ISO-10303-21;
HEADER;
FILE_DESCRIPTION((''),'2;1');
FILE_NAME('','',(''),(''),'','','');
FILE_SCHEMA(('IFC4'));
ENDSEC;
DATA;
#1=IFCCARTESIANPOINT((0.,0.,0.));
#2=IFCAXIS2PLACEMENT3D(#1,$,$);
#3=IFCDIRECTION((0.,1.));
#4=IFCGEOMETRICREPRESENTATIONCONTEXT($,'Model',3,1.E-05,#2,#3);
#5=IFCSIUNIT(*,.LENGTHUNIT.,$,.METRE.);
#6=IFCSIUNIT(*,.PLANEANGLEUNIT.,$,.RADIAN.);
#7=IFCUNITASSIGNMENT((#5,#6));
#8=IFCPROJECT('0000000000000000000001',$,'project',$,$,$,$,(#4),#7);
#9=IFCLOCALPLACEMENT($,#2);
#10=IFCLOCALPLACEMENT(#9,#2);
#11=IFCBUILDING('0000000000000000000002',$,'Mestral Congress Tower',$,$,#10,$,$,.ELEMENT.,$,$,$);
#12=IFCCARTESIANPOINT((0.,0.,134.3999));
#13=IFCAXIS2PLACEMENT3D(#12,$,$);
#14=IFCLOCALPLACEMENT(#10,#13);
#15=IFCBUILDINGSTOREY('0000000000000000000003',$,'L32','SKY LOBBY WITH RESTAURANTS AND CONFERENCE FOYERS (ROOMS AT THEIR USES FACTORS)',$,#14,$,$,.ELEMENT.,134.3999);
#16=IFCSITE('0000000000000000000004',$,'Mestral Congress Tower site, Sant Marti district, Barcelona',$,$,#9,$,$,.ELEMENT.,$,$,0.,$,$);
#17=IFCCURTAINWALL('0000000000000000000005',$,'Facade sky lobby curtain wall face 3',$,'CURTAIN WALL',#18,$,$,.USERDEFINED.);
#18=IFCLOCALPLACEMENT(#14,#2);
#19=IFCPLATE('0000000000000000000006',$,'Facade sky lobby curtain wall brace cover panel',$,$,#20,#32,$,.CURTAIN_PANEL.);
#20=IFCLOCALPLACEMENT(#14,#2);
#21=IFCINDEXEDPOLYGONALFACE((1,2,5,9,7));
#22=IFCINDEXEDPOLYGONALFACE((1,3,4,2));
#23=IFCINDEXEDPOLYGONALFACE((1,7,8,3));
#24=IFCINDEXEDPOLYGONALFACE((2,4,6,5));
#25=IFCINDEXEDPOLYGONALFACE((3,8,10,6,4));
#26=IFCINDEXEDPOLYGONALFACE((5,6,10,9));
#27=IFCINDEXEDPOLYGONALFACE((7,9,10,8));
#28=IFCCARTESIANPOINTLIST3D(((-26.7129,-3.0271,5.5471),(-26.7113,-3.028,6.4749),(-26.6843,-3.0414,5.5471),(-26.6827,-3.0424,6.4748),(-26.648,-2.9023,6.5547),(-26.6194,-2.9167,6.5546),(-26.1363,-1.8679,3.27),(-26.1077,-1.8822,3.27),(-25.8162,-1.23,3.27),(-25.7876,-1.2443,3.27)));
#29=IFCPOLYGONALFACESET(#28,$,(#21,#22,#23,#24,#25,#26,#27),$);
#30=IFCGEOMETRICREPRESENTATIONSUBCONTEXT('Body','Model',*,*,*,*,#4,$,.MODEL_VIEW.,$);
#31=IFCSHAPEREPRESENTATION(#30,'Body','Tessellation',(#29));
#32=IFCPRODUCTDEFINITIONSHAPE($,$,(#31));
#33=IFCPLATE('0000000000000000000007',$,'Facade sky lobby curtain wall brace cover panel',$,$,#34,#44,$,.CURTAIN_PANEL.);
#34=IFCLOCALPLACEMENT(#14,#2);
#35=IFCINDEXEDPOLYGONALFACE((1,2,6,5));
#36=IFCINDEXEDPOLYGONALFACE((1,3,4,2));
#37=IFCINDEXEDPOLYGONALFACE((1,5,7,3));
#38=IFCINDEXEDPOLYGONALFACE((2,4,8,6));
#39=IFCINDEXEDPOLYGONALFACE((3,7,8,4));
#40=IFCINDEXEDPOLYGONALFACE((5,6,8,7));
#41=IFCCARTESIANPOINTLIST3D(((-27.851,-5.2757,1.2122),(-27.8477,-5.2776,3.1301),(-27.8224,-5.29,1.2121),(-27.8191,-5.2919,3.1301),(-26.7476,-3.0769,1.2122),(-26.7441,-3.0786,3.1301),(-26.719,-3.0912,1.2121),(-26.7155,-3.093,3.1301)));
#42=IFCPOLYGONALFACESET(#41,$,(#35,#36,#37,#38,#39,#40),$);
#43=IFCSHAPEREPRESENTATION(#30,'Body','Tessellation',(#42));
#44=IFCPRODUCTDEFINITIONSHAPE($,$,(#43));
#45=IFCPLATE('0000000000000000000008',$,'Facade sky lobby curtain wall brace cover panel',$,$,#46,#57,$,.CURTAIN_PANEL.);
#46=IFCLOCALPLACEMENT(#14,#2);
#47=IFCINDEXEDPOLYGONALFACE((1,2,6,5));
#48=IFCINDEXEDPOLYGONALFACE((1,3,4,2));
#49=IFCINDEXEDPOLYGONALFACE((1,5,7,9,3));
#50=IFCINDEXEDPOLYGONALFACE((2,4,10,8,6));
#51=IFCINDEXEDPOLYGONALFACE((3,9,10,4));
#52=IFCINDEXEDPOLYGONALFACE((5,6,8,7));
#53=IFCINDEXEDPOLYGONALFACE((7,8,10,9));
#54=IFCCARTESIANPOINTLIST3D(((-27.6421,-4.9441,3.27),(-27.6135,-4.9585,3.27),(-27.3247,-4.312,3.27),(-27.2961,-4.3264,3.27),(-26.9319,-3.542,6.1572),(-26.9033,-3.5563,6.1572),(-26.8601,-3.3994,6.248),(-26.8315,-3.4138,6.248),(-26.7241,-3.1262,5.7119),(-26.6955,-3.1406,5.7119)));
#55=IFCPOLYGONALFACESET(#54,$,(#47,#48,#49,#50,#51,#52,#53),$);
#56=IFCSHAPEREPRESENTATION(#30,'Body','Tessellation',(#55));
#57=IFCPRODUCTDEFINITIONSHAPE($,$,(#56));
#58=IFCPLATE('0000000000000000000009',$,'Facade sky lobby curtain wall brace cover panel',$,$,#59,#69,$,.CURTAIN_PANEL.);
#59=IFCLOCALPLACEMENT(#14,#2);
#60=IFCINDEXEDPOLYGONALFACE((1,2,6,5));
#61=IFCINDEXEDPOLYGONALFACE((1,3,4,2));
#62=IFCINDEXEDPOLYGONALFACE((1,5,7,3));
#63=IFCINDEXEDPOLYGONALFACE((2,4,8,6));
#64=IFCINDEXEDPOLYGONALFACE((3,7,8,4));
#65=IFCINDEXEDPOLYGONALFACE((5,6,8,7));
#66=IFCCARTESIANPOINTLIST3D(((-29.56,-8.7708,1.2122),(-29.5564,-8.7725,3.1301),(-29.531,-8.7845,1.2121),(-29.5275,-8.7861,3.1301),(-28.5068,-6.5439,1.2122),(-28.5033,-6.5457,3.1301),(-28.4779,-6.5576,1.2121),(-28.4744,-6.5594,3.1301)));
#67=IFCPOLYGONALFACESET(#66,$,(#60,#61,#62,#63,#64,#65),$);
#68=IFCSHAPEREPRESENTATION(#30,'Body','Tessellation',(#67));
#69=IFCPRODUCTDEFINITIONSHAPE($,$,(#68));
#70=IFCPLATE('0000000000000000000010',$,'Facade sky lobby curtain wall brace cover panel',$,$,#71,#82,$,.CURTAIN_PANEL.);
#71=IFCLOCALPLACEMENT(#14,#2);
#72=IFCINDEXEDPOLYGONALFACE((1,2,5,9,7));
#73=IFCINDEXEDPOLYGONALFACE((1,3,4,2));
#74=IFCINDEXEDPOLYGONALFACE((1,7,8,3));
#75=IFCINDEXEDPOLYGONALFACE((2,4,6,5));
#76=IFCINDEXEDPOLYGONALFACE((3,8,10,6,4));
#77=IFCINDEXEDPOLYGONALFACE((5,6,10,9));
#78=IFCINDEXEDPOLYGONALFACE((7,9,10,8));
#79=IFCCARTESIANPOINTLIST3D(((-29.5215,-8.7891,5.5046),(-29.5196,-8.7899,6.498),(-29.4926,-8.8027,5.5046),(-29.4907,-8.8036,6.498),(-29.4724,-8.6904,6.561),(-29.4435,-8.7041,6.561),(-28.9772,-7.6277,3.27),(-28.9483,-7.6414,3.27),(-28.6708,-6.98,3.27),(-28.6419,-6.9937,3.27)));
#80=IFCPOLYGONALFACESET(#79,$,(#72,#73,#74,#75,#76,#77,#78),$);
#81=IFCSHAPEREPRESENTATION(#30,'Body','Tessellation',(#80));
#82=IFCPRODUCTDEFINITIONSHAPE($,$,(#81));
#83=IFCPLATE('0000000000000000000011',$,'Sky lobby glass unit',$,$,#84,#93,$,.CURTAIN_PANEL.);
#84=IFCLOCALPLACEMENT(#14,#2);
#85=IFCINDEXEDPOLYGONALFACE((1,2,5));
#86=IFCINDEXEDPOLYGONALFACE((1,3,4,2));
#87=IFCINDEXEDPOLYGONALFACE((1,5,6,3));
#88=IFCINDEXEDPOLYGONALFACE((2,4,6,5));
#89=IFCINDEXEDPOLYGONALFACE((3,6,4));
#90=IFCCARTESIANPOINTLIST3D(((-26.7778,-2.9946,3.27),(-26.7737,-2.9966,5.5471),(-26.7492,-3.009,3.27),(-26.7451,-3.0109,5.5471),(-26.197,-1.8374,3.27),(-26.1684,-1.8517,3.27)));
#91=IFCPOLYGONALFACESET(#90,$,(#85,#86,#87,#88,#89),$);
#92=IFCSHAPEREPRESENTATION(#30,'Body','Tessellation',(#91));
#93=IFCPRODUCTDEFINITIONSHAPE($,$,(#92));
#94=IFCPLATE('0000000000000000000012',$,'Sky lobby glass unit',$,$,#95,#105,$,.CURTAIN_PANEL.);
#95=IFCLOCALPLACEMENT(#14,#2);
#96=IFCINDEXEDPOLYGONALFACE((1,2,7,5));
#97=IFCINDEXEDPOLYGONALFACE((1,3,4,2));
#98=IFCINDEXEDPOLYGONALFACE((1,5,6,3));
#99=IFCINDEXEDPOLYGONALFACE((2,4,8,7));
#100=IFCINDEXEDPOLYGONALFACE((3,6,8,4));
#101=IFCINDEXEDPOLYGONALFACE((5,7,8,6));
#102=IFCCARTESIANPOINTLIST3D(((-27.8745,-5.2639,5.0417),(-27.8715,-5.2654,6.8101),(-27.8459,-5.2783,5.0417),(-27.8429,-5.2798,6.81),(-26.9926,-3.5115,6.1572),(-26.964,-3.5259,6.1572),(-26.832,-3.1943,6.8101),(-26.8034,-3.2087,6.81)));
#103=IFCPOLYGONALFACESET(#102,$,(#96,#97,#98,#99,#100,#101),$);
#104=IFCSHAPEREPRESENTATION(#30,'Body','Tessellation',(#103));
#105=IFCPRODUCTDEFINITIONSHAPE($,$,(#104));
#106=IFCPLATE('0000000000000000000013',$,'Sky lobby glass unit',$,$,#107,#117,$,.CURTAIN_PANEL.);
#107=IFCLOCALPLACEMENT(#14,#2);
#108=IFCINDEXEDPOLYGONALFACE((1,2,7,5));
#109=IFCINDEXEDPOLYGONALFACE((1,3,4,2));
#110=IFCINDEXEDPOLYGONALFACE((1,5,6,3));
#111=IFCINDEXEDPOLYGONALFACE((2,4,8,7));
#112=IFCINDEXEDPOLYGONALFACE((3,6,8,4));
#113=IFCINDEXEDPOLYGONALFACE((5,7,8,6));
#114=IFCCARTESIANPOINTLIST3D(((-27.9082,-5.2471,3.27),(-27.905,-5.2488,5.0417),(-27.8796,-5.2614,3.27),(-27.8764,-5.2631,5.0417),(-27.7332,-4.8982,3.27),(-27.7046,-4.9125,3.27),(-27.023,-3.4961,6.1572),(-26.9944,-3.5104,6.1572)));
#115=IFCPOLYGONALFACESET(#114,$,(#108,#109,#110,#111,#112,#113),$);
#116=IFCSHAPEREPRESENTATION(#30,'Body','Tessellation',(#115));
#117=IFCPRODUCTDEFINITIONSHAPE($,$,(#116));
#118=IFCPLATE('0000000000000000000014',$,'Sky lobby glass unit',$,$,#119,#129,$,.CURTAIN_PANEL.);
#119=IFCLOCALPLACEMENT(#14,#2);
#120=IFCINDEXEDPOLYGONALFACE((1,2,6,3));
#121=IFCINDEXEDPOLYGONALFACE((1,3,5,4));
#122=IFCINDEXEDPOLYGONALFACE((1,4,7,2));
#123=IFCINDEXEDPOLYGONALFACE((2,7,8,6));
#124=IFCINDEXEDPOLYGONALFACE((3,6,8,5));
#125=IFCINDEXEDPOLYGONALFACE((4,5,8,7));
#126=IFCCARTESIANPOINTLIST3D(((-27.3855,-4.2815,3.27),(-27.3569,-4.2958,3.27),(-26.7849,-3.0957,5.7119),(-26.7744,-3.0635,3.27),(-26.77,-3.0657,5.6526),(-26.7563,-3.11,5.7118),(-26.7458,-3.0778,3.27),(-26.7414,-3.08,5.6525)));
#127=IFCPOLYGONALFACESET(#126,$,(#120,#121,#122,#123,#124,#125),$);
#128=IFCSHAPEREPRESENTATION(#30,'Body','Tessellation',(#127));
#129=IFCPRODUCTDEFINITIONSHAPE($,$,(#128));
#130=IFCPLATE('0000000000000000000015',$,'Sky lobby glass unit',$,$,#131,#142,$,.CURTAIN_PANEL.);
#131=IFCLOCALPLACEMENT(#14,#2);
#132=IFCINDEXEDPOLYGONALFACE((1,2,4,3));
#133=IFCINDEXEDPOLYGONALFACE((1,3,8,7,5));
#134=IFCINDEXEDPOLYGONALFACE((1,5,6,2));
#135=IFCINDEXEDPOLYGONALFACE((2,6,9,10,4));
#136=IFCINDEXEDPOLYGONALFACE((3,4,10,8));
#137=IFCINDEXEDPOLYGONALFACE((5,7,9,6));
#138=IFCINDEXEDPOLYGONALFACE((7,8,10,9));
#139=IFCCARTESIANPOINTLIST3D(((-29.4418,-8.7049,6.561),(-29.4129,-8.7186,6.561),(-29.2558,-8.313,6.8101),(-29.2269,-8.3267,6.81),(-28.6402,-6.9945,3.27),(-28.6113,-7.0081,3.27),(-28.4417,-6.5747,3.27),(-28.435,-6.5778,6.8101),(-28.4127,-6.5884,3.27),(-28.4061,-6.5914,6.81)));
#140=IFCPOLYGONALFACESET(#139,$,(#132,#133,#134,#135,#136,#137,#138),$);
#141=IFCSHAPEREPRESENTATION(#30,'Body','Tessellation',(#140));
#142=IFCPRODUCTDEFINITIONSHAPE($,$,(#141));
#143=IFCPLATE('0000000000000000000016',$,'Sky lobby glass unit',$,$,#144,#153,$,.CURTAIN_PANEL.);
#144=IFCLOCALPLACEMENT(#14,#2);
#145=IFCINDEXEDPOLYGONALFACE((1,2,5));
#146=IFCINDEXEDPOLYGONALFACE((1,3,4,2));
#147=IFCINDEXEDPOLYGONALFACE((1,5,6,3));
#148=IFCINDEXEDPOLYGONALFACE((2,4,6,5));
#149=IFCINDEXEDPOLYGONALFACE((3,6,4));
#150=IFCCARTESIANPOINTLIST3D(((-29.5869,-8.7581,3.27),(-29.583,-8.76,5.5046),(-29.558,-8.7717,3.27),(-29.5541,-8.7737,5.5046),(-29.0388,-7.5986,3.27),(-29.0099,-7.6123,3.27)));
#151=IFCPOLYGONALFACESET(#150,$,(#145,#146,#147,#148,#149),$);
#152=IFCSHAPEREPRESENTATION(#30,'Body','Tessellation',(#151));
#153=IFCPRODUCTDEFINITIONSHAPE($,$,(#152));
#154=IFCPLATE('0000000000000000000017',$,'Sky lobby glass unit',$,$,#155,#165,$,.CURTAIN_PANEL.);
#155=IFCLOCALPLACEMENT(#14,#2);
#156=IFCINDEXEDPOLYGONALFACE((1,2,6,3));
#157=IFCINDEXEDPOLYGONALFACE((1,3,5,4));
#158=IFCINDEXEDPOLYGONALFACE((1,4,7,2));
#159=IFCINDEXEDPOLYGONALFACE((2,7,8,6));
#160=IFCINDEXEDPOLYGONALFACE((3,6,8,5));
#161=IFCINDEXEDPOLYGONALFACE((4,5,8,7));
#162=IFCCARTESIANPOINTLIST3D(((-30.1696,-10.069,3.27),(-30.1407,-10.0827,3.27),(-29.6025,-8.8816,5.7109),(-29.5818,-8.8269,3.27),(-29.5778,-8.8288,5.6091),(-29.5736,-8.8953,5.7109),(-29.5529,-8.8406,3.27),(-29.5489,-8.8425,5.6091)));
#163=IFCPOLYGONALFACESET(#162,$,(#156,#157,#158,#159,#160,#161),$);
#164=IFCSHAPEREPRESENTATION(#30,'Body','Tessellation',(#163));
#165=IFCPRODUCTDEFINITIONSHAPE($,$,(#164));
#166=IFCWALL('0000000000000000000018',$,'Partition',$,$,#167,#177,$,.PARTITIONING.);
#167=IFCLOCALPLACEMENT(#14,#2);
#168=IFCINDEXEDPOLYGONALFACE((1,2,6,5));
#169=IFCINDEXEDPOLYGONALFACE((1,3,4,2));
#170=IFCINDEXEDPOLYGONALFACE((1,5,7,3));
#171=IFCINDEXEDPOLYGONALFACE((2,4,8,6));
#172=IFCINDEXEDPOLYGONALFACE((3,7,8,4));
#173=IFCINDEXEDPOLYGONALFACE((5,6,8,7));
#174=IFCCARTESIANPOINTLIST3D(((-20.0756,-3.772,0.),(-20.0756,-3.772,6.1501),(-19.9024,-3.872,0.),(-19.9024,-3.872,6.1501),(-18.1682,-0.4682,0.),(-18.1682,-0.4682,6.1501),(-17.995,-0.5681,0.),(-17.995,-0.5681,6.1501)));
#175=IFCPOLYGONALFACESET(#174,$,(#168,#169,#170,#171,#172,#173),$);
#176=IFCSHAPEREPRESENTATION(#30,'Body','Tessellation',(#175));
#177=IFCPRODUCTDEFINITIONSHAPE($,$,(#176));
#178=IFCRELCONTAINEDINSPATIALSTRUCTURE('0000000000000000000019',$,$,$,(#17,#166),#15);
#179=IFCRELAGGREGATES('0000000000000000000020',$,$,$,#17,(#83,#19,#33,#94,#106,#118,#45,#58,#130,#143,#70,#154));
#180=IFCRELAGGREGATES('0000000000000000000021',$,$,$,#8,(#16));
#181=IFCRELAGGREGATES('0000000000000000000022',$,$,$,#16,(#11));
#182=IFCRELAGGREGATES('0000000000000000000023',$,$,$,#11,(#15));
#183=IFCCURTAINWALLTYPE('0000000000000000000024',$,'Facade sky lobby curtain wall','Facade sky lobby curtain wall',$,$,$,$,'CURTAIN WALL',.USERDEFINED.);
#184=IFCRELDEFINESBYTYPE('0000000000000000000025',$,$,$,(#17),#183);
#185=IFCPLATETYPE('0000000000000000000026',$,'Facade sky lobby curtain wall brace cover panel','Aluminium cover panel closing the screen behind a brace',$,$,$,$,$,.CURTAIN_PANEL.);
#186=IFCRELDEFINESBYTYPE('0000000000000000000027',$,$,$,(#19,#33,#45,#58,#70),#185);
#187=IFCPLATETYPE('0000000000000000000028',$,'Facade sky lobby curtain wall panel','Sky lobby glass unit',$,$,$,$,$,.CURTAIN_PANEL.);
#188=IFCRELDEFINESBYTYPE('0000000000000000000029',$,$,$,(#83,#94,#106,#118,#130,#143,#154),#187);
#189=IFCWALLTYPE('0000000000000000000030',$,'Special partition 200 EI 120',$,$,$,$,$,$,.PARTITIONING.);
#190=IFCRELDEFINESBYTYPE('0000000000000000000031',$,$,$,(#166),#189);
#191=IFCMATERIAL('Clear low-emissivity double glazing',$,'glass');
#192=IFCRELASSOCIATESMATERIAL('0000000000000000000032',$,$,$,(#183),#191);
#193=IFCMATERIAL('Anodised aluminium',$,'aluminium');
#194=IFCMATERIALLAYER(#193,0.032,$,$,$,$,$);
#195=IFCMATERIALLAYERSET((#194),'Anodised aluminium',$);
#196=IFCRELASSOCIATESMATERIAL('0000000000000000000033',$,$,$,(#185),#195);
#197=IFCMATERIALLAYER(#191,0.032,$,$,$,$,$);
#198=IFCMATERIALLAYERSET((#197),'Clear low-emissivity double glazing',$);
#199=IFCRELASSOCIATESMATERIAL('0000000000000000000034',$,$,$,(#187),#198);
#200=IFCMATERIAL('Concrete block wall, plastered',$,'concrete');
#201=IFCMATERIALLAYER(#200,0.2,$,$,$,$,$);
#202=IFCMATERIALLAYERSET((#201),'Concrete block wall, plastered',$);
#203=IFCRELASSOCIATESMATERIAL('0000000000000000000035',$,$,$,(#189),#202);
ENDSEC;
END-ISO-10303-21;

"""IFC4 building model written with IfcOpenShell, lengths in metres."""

from ifc_helpers import new_model, si_unit, direction, frame, frame_2d, origin, place, context, subcontext, project, spatial, polyline, rectangle, outline, extrude, material, layer, layer_set, type_object, element, aggregate, save


model = new_model("IFC4")

# Units and contexts
model_context = context("Model", 3, precision=1e-05, world=origin(), true_north=direction((0.0, 1.0)))
body_context = subcontext(model_context, "Body", "Model", "MODEL_VIEW")
ifc_project = project(units=[si_unit("LENGTHUNIT", "METRE"), si_unit("PLANEANGLEUNIT", "RADIAN")], contexts=[model_context])

# Site, building, storey
site_placement = place(None, origin())
site = spatial("IfcSite", under=ifc_project, at=site_placement, Name="Mestral Congress Tower site, Sant Marti district, Barcelona", CompositionType="ELEMENT", RefElevation=0.0)
building_placement = place(site_placement, origin())
building = spatial("IfcBuilding", under=site, at=building_placement, Name="Mestral Congress Tower", CompositionType="ELEMENT")
storey_placement = place(building_placement, frame((0.0, 0.0, 134.3999)))
storey = spatial("IfcBuildingStorey", under=building, at=storey_placement, Name="L32", Description="SKY LOBBY WITH RESTAURANTS AND CONFERENCE FOYERS (ROOMS AT THEIR USES FACTORS)", CompositionType="ELEMENT", Elevation=134.3999)

# Curtain wall
ifc_material_1 = material(Name="Clear low-emissivity double glazing", Category="glass")
curtain_wall_type = type_object("IfcCurtainWallType", Name="Facade sky lobby curtain wall", Description="Facade sky lobby curtain wall", ElementType="CURTAIN WALL", PredefinedType="USERDEFINED", material=ifc_material_1)
curtain_wall_placement = place(storey_placement, origin())
curtain_wall = element("IfcCurtainWall", 1, at=curtain_wall_placement, inside=storey, type_object=curtain_wall_type, Name="Facade sky lobby curtain wall face 3", ObjectType="CURTAIN WALL", PredefinedType="USERDEFINED")
ifc_material_2 = material(Name="Anodised aluminium", Category="aluminium")

# Plates
ifc_layer_1 = layer(ifc_material_2, 0.032)
ifc_layer_set_1 = layer_set([ifc_layer_1], Name="Anodised aluminium")
plate_type_1 = type_object("IfcPlateType", Name="Facade sky lobby curtain wall brace cover panel", Description="Aluminium cover panel closing the screen behind a brace", PredefinedType="CURTAIN_PANEL", material=ifc_layer_set_1)
plate_1_placement = place(storey_placement, frame((-26.7129, -3.0271, 5.5471), z_axis=(-0.893775, 0.448512, 0.002013), x_axis=(0.220119, 0.442545, -0.869311)))
plate_1 = element("IfcPlate", 2, at=plate_1_placement, type_object=plate_type_1, Name="Facade sky lobby curtain wall brace cover panel", PredefinedType="CURTAIN_PANEL", context=body_context, shape_type="SweptSolid", body=[
    extrude(outline(polyline([(0.0, 0.0), (2.6194, 0.0), (2.9722, -0.6205), (-0.8064, -0.6203), (-0.8065, -0.4585), (0.0, 0.0)])), origin(), (0.0, 0.0, -1.0), 0.032),
])
plate_2_placement = place(storey_placement, frame((-27.8477, -5.2776, 3.1301), z_axis=(-0.89376, 0.448542, 0.002021), x_axis=(-0.001757, 0.001006, -0.999998)))
plate_2 = element("IfcPlate", 3, at=plate_2_placement, type_object=plate_type_1, Name="Facade sky lobby curtain wall brace cover panel", PredefinedType="CURTAIN_PANEL", context=body_context, shape_type="SweptSolid", body=[
    extrude(outline(polyline([(0.0, 0.0), (1.918, 0.0), (1.9182, -2.4601), (0.0003, -2.4603), (0.0, 0.0)])), origin(), (0.0, 0.0, -1.0), 0.032),
])
plate_3_placement = place(storey_placement, frame((-27.3247, -4.312, 3.27), z_axis=(-0.893681, 0.448698, 0.001923), x_axis=(0.216029, 0.426505, 0.878308)))
plate_3 = element("IfcPlate", 4, at=plate_3_placement, type_object=plate_type_1, Name="Facade sky lobby curtain wall brace cover panel", PredefinedType="CURTAIN_PANEL", context=body_context, shape_type="SweptSolid", body=[
    extrude(outline(polyline([(0.0, 0.0), (2.7802, 0.0), (3.1052, -0.5244), (2.9491, -0.6211), (-0.3381, -0.6212), (0.0, 0.0)])), origin(), (0.0, 0.0, -1.0), 0.032),
])
plate_4_placement = place(storey_placement, frame((-29.5564, -8.7725, 3.1301), z_axis=(-0.904003, 0.427521, 0.002049), x_axis=(-0.001857, 0.000866, -0.999998)))
plate_4 = element("IfcPlate", 5, at=plate_4_placement, type_object=plate_type_1, Name="Facade sky lobby curtain wall brace cover panel", PredefinedType="CURTAIN_PANEL", context=body_context, shape_type="SweptSolid", body=[
    extrude(outline(polyline([(0.0, 0.0), (1.918, 0.0), (1.9179, -2.4633), (0.0, -2.4632), (0.0, 0.0)])), origin(), (0.0, 0.0, -1.0), 0.032),
])
plate_5_placement = place(storey_placement, frame((-29.5215, -8.7891, 5.5046), z_axis=(-0.903946, 0.427643, 0.002077), x_axis=(0.211244, 0.450738, -0.867301)))
plate_5 = element("IfcPlate", 6, at=plate_5_placement, type_object=plate_type_1, Name="Facade sky lobby curtain wall brace cover panel", PredefinedType="CURTAIN_PANEL", context=body_context, shape_type="SweptSolid", body=[
    extrude(outline(polyline([(0.0, 0.0), (2.5765, 0.0), (2.9332, -0.6214), (-0.8614, -0.6214), (-0.8616, -0.4946), (0.0, 0.0)])), origin(), (0.0, 0.0, -1.0), 0.032),
])
ifc_layer_2 = layer(ifc_material_1, 0.032)
ifc_layer_set_2 = layer_set([ifc_layer_2], Name="Clear low-emissivity double glazing")
plate_type_2 = type_object("IfcPlateType", Name="Facade sky lobby curtain wall panel", Description="Sky lobby glass unit", PredefinedType="CURTAIN_PANEL", material=ifc_layer_set_2)
plate_6_placement = place(storey_placement, frame((-26.7778, -2.9946, 3.27), z_axis=(-0.893746, 0.44857, 0.002014), x_axis=(0.448571, 0.893747, 0.0)))
plate_6 = element("IfcPlate", 7, at=plate_6_placement, type_object=plate_type_2, Name="Sky lobby glass unit", PredefinedType="CURTAIN_PANEL", context=body_context, shape_type="SweptSolid", body=[
    extrude(outline(polyline([(0.0, 0.0), (1.2948, 0.0), (0.0001, -2.2771), (0.0, 0.0)])), origin(), (0.0, 0.0, -1.0), 0.032),
])
plate_7_placement = place(storey_placement, frame((-27.8745, -5.2639, 5.0417), z_axis=(-0.893744, 0.448573, 0.001896), x_axis=(0.390783, 0.776513, 0.494283)))
plate_7 = element("IfcPlate", 8, at=plate_7_placement, type_object=plate_type_2, Name="Sky lobby glass unit", PredefinedType="CURTAIN_PANEL", context=body_context, shape_type="SweptSolid", body=[
    extrude(outline(polyline([(0.0, 0.0), (2.2568, 0.0), (2.8885, -0.3918), (0.8741, -1.5372), (0.0, 0.0)])), origin(), (0.0, 0.0, -1.0), 0.032),
])
plate_8_placement = place(storey_placement, frame((-27.7332, -4.8982, 3.27), z_axis=(-0.893778, 0.448504, 0.002044), x_axis=(0.216041, 0.426525, 0.878295)))
plate_8 = element("IfcPlate", 9, at=plate_8_placement, type_object=plate_type_2, Name="Sky lobby glass unit", PredefinedType="CURTAIN_PANEL", context=body_context, shape_type="SweptSolid", body=[
    extrude(outline(polyline([(0.0, 0.0), (3.2873, 0.0), (1.3694, -1.19), (-0.1866, -0.3428), (0.0, 0.0)])), origin(), (0.0, 0.0, -1.0), 0.032),
])
plate_9_placement = place(storey_placement, frame((-26.7849, -3.0957, 5.7119), z_axis=(-0.893825, 0.44841, 0.002075), x_axis=(-0.216011, -0.426514, -0.878308)))
plate_9 = element("IfcPlate", 10, at=plate_9_placement, type_object=plate_type_2, Name="Sky lobby glass unit", PredefinedType="CURTAIN_PANEL", context=body_context, shape_type="SweptSolid", body=[
    extrude(outline(polyline([(0.0, 0.0), (2.7802, 0.0), (2.1287, -1.1969), (0.0361, -0.0578), (0.0, 0.0)])), origin(), (0.0, 0.0, -1.0), 0.032),
])
plate_10_placement = place(storey_placement, frame((-28.4417, -6.5747, 3.27), z_axis=(-0.903966, 0.4276, 0.00206), x_axis=(0.00187, -0.000864, 0.999998)))
plate_10 = element("IfcPlate", 11, at=plate_10_placement, type_object=plate_type_2, Name="Sky lobby glass unit", PredefinedType="CURTAIN_PANEL", context=body_context, shape_type="SweptSolid", body=[
    extrude(outline(polyline([(0.0, 0.0), (3.54, 0.0), (3.54, -1.9196), (3.291, -2.3533), (0.0, -0.4644), (0.0, 0.0)])), origin(), (0.0, 0.0, -1.0), 0.032),
])
plate_11_placement = place(storey_placement, frame((-29.5869, -8.7581, 3.27), z_axis=(-0.904069, 0.427382, 0.001954), x_axis=(0.427382, 0.904071, 0.0)))
plate_11 = element("IfcPlate", 12, at=plate_11_placement, type_object=plate_type_2, Name="Sky lobby glass unit", PredefinedType="CURTAIN_PANEL", context=body_context, shape_type="SweptSolid", body=[
    extrude(outline(polyline([(0.0, 0.0), (1.2824, 0.0), (-0.0001, -2.2346), (0.0, 0.0)])), origin(), (0.0, 0.0, -1.0), 0.032),
])
plate_12_placement = place(storey_placement, frame((-29.6025, -8.8816, 5.7109), z_axis=(-0.903904, 0.427731, 0.001898), x_axis=(-0.20448, -0.428212, -0.88024)))
plate_12 = element("IfcPlate", 13, at=plate_12_placement, type_object=plate_type_2, Name="Sky lobby glass unit", PredefinedType="CURTAIN_PANEL", context=body_context, shape_type="SweptSolid", body=[
    extrude(outline(polyline([(0.0, 0.0), (2.773, 0.0), (2.1209, -1.2096), (0.0619, -0.0996), (0.0, 0.0)])), origin(), (0.0, 0.0, -1.0), 0.032),
])
aggregate(curtain_wall, [plate_6, plate_1, plate_2, plate_7, plate_8, plate_9, plate_3, plate_4, plate_10, plate_11, plate_5, plate_12])

# Wall
ifc_material_3 = material(Name="Concrete block wall, plastered", Category="concrete")
ifc_layer_3 = layer(ifc_material_3, 0.2)
ifc_layer_set_3 = layer_set([ifc_layer_3], Name="Concrete block wall, plastered")
wall_type = type_object("IfcWallType", Name="Special partition 200 EI 120", PredefinedType="PARTITIONING", material=ifc_layer_set_3)
wall_placement = place(storey_placement, frame((-19.989, -3.822, 0.0), z_axis=(0.0, 0.0, 1.0), x_axis=(0.499987, 0.866033, 0.0)))
element("IfcWall", 14, at=wall_placement, inside=storey, type_object=wall_type, Name="Partition", PredefinedType="PARTITIONING", context=body_context, shape_type="SweptSolid", body=[
    extrude(rectangle(XDim=3.8149, YDim=0.2, at=frame_2d((1.9075, 0.0))), origin(), (0.0, 0.0, 1.0), 6.1501),
])

save(model, "model.ifc")
